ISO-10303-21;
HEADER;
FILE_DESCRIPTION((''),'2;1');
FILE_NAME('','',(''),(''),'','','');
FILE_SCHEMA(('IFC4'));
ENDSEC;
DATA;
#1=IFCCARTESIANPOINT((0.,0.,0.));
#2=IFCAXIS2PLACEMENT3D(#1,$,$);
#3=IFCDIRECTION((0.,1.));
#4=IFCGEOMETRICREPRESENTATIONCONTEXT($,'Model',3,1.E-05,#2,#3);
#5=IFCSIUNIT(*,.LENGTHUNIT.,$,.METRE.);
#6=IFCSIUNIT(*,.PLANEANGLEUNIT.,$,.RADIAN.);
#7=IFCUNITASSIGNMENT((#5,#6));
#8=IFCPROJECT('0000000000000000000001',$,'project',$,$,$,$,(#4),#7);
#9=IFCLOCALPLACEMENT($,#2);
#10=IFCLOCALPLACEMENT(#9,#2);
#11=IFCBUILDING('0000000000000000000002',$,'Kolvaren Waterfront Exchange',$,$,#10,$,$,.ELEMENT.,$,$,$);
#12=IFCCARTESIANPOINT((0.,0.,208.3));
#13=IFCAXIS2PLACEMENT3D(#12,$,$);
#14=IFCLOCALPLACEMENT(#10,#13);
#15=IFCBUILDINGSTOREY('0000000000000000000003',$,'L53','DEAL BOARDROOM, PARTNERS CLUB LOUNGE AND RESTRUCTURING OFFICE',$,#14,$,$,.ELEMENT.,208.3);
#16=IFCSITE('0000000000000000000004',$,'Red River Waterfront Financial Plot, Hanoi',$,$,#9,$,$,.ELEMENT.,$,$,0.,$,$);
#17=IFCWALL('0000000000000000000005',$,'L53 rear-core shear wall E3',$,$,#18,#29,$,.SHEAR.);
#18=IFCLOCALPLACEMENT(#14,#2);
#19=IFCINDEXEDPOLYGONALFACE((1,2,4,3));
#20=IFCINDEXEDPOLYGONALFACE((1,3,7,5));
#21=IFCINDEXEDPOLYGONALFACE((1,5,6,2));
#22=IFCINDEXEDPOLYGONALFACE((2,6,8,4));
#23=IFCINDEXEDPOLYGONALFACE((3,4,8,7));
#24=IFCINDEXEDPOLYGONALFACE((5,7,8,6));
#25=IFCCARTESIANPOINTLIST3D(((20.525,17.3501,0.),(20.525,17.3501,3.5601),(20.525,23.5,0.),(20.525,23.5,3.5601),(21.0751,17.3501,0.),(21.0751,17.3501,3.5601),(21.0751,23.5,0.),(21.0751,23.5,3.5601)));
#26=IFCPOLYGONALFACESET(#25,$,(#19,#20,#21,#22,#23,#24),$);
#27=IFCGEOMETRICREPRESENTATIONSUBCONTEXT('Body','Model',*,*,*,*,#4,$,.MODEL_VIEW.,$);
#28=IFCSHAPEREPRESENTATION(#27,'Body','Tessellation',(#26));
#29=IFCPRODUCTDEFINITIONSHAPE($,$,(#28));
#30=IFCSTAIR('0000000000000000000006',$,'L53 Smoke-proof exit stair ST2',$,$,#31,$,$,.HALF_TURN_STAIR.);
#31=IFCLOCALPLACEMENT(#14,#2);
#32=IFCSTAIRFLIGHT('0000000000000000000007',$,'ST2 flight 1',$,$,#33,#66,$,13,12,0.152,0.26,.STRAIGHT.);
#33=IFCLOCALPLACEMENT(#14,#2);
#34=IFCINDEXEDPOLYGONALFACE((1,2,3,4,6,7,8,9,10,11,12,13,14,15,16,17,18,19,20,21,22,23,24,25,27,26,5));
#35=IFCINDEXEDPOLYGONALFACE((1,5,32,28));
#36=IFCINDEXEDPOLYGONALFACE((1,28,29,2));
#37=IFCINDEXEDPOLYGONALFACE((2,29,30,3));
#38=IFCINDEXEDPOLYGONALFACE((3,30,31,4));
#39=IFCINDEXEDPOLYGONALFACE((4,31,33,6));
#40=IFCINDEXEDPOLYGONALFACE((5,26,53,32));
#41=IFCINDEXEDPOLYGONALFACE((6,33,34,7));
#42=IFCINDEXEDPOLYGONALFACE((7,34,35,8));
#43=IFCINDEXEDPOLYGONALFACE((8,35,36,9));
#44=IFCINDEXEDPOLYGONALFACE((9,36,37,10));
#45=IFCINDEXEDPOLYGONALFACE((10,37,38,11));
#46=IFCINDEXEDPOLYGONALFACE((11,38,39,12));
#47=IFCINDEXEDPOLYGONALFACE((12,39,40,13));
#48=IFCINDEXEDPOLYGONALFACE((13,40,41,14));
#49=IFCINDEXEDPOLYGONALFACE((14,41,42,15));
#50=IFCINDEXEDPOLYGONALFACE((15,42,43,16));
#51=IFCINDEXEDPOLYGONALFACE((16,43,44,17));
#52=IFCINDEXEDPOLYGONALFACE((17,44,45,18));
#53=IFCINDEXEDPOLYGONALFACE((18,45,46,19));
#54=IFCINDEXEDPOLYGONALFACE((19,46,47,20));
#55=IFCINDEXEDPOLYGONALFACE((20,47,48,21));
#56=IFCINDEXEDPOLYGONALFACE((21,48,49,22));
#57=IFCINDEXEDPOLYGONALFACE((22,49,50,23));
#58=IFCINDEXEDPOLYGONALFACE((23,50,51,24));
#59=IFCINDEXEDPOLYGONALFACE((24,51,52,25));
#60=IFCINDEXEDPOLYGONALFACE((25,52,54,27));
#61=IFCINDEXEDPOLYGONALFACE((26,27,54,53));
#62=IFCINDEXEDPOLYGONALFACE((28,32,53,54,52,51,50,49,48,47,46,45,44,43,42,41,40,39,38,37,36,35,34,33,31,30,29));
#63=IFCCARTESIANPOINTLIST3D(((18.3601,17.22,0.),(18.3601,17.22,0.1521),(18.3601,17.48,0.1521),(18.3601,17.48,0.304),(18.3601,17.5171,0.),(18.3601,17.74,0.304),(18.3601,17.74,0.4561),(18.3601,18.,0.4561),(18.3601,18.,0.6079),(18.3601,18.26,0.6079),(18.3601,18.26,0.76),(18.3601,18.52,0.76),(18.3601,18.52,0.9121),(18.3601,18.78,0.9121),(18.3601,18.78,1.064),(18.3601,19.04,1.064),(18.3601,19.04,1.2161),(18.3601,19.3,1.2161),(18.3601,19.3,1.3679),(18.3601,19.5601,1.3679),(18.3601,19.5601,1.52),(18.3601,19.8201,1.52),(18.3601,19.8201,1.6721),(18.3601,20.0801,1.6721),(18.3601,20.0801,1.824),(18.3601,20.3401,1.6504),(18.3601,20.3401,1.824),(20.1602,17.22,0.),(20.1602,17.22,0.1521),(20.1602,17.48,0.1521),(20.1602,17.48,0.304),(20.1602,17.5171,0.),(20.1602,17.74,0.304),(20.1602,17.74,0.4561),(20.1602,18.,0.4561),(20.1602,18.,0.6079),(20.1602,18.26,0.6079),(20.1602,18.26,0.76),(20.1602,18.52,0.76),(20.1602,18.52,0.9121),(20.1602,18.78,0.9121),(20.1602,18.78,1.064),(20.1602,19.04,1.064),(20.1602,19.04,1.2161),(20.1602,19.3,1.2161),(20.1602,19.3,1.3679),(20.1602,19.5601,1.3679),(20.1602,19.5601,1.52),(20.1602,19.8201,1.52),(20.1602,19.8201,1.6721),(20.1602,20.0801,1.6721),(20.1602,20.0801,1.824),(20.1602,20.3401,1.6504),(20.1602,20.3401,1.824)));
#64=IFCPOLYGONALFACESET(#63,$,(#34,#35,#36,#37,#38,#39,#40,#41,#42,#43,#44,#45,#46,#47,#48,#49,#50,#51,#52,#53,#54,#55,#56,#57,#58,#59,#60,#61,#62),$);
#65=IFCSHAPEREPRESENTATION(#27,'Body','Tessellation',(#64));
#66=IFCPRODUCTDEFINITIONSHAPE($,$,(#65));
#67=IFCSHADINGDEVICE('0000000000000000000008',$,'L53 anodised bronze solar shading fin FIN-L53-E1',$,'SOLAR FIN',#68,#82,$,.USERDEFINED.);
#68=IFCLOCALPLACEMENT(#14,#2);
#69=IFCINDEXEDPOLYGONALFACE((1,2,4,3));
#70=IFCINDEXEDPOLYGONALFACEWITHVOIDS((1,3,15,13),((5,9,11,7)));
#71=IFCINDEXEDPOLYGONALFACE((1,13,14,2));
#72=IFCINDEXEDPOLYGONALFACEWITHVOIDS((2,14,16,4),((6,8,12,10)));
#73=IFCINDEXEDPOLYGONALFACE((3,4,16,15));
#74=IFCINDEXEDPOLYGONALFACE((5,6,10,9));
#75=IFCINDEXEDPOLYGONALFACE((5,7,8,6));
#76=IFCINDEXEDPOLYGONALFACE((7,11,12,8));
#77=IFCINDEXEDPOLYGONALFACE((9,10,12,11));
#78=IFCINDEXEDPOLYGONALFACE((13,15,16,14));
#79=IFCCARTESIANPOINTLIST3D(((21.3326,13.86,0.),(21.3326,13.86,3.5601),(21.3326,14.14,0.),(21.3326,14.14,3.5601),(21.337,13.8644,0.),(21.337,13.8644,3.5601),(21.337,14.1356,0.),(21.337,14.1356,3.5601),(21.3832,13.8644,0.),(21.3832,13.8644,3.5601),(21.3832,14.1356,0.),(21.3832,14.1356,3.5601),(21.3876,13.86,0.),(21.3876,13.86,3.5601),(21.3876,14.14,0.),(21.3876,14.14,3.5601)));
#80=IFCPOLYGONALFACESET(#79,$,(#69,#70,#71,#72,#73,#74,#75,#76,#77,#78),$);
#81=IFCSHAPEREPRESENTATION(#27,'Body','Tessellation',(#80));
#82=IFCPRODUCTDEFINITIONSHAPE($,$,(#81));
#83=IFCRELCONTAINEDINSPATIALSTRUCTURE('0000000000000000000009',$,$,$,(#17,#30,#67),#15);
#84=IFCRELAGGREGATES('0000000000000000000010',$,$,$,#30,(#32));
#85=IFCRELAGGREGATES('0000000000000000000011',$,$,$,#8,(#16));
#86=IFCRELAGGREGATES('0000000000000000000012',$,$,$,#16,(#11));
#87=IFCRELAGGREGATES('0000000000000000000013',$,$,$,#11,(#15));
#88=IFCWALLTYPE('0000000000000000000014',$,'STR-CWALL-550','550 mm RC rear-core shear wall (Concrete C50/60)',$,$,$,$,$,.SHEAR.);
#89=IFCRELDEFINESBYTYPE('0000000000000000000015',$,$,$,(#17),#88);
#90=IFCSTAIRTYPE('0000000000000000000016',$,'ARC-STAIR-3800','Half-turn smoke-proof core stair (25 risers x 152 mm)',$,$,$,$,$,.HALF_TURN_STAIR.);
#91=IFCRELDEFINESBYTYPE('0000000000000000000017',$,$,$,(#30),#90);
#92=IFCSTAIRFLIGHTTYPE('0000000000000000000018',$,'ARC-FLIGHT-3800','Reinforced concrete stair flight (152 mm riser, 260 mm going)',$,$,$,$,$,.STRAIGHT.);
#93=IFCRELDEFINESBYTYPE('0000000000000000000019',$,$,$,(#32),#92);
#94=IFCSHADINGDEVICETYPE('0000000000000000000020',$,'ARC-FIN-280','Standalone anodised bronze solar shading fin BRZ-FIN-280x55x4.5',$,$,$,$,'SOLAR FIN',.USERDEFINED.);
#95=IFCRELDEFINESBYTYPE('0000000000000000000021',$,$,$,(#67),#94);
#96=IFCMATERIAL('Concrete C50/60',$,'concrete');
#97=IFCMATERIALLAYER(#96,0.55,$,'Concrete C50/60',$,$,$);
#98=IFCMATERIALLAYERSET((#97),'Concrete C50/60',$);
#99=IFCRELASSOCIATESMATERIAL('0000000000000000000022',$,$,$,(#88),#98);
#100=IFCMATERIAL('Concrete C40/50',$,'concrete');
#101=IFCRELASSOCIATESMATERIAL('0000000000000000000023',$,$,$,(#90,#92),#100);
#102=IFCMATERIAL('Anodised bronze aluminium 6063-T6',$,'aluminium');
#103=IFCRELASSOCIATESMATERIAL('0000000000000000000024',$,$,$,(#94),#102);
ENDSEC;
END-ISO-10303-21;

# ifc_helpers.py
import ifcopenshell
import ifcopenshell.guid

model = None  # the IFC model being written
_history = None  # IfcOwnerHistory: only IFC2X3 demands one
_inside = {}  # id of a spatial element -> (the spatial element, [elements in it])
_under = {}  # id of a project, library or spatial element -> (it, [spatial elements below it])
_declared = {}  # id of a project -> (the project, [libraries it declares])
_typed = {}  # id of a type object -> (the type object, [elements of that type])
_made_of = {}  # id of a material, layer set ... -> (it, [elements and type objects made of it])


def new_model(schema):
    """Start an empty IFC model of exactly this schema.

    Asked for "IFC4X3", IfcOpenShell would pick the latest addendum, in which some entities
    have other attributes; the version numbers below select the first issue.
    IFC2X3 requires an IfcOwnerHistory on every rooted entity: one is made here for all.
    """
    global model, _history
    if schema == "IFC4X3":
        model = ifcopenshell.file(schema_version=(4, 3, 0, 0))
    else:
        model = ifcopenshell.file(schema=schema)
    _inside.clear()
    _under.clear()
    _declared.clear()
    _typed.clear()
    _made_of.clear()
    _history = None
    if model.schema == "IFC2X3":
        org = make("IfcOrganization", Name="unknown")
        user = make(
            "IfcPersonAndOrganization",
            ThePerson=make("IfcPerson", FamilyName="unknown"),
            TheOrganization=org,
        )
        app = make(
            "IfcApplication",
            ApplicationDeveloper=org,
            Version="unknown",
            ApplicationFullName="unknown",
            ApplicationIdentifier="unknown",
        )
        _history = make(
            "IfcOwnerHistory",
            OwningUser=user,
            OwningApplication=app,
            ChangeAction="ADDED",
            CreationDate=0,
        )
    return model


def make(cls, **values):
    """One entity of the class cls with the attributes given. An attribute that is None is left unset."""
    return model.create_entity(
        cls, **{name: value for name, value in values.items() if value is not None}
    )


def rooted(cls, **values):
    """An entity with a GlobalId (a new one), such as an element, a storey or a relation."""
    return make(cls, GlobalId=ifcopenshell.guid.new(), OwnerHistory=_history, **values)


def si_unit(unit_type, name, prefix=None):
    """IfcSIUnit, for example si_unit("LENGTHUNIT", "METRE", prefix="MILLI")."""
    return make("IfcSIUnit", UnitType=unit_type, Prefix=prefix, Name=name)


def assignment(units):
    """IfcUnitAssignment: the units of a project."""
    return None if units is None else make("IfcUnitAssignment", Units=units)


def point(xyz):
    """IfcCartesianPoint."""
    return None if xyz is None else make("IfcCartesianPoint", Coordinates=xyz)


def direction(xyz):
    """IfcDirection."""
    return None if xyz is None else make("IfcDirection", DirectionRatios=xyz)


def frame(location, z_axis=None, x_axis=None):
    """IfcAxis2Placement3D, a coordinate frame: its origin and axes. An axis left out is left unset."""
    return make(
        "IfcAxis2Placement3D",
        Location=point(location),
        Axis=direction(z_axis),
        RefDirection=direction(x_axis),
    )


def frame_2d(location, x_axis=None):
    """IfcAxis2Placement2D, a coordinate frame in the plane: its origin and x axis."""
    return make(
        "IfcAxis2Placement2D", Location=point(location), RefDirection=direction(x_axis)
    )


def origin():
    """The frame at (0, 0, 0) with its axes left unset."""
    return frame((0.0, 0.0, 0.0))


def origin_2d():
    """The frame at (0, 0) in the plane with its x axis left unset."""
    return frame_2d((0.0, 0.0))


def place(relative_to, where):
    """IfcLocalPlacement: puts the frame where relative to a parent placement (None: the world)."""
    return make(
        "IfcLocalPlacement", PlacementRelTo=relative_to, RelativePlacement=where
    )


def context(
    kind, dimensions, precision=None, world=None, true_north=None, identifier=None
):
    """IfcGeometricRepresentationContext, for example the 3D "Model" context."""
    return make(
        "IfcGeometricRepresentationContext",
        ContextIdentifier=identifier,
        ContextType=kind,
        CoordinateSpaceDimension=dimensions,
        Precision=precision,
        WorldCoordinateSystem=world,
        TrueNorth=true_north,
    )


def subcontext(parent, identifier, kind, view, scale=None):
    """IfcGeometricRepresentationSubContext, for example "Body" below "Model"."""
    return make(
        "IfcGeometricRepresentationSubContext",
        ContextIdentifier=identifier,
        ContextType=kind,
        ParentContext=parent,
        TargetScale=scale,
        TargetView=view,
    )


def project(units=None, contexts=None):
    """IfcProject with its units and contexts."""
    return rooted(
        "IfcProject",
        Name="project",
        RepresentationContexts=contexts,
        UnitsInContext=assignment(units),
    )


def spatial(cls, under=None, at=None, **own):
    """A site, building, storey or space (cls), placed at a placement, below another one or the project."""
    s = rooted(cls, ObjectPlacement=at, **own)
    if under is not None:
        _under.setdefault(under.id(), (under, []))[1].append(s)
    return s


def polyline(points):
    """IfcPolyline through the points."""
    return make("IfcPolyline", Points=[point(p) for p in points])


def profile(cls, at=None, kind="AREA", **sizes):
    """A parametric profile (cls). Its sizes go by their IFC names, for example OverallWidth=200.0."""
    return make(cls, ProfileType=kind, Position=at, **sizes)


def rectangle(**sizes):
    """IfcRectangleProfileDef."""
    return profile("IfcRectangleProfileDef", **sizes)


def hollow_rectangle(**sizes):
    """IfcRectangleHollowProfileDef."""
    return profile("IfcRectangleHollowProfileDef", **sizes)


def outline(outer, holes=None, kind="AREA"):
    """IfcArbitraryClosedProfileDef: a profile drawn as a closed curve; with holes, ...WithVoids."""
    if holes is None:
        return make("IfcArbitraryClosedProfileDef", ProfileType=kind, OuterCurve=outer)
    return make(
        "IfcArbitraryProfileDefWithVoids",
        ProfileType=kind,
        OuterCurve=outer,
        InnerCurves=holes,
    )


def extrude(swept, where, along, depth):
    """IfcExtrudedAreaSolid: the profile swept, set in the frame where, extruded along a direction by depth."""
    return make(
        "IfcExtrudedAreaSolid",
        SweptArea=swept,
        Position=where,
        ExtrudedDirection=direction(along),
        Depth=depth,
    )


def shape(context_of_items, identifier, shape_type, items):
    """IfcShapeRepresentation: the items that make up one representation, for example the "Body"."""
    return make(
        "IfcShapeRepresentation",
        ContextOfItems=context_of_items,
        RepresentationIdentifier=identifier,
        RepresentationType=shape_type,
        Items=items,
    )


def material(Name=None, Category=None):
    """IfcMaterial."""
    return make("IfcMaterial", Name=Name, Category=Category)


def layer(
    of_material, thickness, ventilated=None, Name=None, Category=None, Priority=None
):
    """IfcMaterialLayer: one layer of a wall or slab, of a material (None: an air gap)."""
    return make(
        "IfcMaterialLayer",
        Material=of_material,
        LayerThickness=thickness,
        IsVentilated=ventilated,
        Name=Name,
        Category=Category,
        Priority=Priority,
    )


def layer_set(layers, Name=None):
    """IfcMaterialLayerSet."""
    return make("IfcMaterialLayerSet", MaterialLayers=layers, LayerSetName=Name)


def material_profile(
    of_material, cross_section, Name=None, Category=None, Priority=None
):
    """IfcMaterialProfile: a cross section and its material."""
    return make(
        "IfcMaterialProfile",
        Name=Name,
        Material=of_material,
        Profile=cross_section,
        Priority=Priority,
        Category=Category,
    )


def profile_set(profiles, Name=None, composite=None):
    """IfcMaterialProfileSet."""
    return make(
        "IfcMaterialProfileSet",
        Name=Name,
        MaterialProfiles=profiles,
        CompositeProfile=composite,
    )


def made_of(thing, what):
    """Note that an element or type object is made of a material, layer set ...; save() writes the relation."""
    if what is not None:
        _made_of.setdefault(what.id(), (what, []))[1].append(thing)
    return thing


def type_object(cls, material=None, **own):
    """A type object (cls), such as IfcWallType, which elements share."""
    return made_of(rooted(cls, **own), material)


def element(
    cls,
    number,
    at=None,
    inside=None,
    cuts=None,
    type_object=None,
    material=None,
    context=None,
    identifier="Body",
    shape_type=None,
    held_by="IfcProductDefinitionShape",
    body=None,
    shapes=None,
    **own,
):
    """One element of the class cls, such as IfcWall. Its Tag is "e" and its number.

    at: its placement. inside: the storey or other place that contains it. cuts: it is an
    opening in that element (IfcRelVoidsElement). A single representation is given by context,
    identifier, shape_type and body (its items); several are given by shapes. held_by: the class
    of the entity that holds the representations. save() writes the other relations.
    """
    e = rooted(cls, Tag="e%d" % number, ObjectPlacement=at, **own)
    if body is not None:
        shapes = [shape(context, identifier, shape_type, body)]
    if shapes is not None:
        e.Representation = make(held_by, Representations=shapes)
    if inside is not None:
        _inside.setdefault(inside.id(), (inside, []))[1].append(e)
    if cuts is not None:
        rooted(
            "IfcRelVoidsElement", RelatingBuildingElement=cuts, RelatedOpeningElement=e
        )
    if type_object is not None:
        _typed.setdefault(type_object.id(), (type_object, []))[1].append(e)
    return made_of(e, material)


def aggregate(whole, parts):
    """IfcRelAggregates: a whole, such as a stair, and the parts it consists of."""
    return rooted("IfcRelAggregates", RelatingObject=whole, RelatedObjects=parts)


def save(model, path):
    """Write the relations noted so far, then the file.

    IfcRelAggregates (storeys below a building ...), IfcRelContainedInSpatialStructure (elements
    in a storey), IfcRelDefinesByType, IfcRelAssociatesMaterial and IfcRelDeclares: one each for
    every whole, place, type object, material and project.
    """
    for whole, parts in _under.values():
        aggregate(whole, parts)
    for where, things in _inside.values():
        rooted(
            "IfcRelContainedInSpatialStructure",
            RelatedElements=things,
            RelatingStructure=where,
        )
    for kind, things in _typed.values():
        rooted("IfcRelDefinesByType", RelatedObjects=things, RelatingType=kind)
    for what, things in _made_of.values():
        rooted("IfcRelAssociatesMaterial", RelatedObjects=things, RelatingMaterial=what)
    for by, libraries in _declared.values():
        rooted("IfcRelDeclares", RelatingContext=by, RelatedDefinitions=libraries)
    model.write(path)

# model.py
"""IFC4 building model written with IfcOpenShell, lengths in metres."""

from ifc_helpers import new_model, si_unit, direction, frame, frame_2d, origin, origin_2d, place, context, subcontext, project, spatial, polyline, rectangle, hollow_rectangle, outline, extrude, material, layer, layer_set, material_profile, profile_set, type_object, element, aggregate, save


model = new_model("IFC4")

# Units and contexts
model_context = context("Model", 3, precision=1e-05, world=origin(), true_north=direction((0.0, 1.0)))
body_context = subcontext(model_context, "Body", "Model", "MODEL_VIEW")
ifc_project = project(units=[si_unit("LENGTHUNIT", "METRE"), si_unit("PLANEANGLEUNIT", "RADIAN")], contexts=[model_context])

# Site, building, storey
site_placement = place(None, origin())
site = spatial("IfcSite", under=ifc_project, at=site_placement, Name="Red River Waterfront Financial Plot, Hanoi", CompositionType="ELEMENT", RefElevation=0.0)
building_placement = place(site_placement, origin())
building = spatial("IfcBuilding", under=site, at=building_placement, Name="Kolvaren Waterfront Exchange", CompositionType="ELEMENT")
storey_placement = place(building_placement, frame((0.0, 0.0, 208.3)))
storey = spatial("IfcBuildingStorey", under=building, at=storey_placement, Name="L53", Description="DEAL BOARDROOM, PARTNERS CLUB LOUNGE AND RESTRUCTURING OFFICE", CompositionType="ELEMENT", Elevation=208.3)

# Shared definitions
ifc_material_1 = material(Name="Concrete C50/60", Category="concrete")

# Wall
ifc_material_2 = material(Name="Concrete C40/50", Category="concrete")
ifc_layer_1 = layer(ifc_material_1, 0.55, Name="Concrete C50/60")
ifc_layer_set_1 = layer_set([ifc_layer_1], Name="Concrete C50/60")
wall_type_1 = type_object("IfcWallType", Name="STR-CWALL-550", Description="550 mm RC rear-core shear wall (Concrete C50/60)", PredefinedType="SHEAR", material=ifc_layer_set_1)
wall_1_placement = place(storey_placement, frame((20.8, 17.3501, 0.0), z_axis=(0.0, 0.0, 1.0), x_axis=(0.0, 1.0, 0.0)))
element("IfcWall", 1, at=wall_1_placement, inside=storey, type_object=wall_type_1, Name="L53 rear-core shear wall E3", PredefinedType="SHEAR", context=body_context, shape_type="SweptSolid", body=[
    extrude(rectangle(XDim=6.1499, YDim=0.55, at=frame_2d((3.075, 0.0))), origin(), (0.0, 0.0, 1.0), 3.5601),
])

# Stair, stair flight
stair_type = type_object("IfcStairType", Name="ARC-STAIR-3800", Description="Half-turn smoke-proof core stair (25 risers x 152 mm)", PredefinedType="HALF_TURN_STAIR", material=ifc_material_2)
stair_placement = place(storey_placement, origin())
stair = element("IfcStair", 2, at=stair_placement, inside=storey, type_object=stair_type, Name="L53 Smoke-proof exit stair ST2", PredefinedType="HALF_TURN_STAIR")
stair_flight_type = type_object("IfcStairFlightType", Name="ARC-FLIGHT-3800", Description="Reinforced concrete stair flight (152 mm riser, 260 mm going)", PredefinedType="STRAIGHT", material=ifc_material_2)
stair_flight_placement = place(storey_placement, frame((19.26, 17.22, 0.0), z_axis=(0.0, 0.0, 1.0), x_axis=(0.0, 1.0, 0.0)))
stair_flight = element("IfcStairFlight", 3, at=stair_flight_placement, type_object=stair_flight_type, Name="ST2 flight 1", NumberOfRisers=13, NumberOfTreads=12, PredefinedType="STRAIGHT", RiserHeight=0.152, TreadLength=0.26, context=body_context, shape_type="SweptSolid", body=[
    extrude(outline(polyline([(0.0, 0.0), (0.0, 0.1521), (0.26, 0.1521), (0.26, 0.304), (0.52, 0.304), (0.52, 0.4561), (0.78, 0.4561), (0.78, 0.6079), (1.04, 0.6079), (1.04, 0.76), (1.3, 0.76), (1.3, 0.9121), (1.5601, 0.9121), (1.5601, 1.064), (1.8201, 1.064), (1.8201, 1.2161), (2.0801, 1.2161), (2.0801, 1.3679), (2.3401, 1.3679), (2.3401, 1.52), (2.6001, 1.52), (2.6001, 1.6721), (2.8601, 1.6721), (2.8601, 1.824), (3.1201, 1.824), (3.1201, 1.9761), (3.1201, 1.6504), (0.2971, 0.0), (0.0, 0.0)])), frame((0.0, 0.8999, 0.0), z_axis=(0.0, -1.0, 0.0), x_axis=(1.0, 0.0, 0.0)), (0.0, 0.0, 1.0), 1.8),
])
aggregate(stair, [stair_flight])

# Shading device
ifc_material_3 = material(Name="Anodised bronze aluminium 6063-T6", Category="aluminium")
ifc_material_profile_1 = material_profile(ifc_material_3, hollow_rectangle(XDim=0.0549, YDim=0.28, WallThickness=0.0044, at=origin_2d()), Name="BRZ-FIN-280x55x4.5")
ifc_profile_set_1 = profile_set([ifc_material_profile_1], Name="Anodised bronze aluminium 6063-T6")
shading_device_type = type_object("IfcShadingDeviceType", Name="ARC-FIN-280", Description="Standalone anodised bronze solar shading fin BRZ-FIN-280x55x4.5", ElementType="SOLAR FIN", PredefinedType="USERDEFINED", material=ifc_profile_set_1)
shading_device_placement = place(storey_placement, frame((21.3601, 14.0, 0.0), z_axis=(0.0, 0.0, 1.0), x_axis=(1.0, 0.0, 0.0)))
element("IfcShadingDevice", 4, at=shading_device_placement, inside=storey, type_object=shading_device_type, Name="L53 anodised bronze solar shading fin FIN-L53-E1", ObjectType="SOLAR FIN", PredefinedType="USERDEFINED", context=body_context, shape_type="SweptSolid", body=[
    extrude(hollow_rectangle(XDim=0.0549, YDim=0.28, WallThickness=0.0044, at=origin_2d()), origin(), (0.0, 0.0, 1.0), 3.5601),
])

save(model, "model.ifc")
